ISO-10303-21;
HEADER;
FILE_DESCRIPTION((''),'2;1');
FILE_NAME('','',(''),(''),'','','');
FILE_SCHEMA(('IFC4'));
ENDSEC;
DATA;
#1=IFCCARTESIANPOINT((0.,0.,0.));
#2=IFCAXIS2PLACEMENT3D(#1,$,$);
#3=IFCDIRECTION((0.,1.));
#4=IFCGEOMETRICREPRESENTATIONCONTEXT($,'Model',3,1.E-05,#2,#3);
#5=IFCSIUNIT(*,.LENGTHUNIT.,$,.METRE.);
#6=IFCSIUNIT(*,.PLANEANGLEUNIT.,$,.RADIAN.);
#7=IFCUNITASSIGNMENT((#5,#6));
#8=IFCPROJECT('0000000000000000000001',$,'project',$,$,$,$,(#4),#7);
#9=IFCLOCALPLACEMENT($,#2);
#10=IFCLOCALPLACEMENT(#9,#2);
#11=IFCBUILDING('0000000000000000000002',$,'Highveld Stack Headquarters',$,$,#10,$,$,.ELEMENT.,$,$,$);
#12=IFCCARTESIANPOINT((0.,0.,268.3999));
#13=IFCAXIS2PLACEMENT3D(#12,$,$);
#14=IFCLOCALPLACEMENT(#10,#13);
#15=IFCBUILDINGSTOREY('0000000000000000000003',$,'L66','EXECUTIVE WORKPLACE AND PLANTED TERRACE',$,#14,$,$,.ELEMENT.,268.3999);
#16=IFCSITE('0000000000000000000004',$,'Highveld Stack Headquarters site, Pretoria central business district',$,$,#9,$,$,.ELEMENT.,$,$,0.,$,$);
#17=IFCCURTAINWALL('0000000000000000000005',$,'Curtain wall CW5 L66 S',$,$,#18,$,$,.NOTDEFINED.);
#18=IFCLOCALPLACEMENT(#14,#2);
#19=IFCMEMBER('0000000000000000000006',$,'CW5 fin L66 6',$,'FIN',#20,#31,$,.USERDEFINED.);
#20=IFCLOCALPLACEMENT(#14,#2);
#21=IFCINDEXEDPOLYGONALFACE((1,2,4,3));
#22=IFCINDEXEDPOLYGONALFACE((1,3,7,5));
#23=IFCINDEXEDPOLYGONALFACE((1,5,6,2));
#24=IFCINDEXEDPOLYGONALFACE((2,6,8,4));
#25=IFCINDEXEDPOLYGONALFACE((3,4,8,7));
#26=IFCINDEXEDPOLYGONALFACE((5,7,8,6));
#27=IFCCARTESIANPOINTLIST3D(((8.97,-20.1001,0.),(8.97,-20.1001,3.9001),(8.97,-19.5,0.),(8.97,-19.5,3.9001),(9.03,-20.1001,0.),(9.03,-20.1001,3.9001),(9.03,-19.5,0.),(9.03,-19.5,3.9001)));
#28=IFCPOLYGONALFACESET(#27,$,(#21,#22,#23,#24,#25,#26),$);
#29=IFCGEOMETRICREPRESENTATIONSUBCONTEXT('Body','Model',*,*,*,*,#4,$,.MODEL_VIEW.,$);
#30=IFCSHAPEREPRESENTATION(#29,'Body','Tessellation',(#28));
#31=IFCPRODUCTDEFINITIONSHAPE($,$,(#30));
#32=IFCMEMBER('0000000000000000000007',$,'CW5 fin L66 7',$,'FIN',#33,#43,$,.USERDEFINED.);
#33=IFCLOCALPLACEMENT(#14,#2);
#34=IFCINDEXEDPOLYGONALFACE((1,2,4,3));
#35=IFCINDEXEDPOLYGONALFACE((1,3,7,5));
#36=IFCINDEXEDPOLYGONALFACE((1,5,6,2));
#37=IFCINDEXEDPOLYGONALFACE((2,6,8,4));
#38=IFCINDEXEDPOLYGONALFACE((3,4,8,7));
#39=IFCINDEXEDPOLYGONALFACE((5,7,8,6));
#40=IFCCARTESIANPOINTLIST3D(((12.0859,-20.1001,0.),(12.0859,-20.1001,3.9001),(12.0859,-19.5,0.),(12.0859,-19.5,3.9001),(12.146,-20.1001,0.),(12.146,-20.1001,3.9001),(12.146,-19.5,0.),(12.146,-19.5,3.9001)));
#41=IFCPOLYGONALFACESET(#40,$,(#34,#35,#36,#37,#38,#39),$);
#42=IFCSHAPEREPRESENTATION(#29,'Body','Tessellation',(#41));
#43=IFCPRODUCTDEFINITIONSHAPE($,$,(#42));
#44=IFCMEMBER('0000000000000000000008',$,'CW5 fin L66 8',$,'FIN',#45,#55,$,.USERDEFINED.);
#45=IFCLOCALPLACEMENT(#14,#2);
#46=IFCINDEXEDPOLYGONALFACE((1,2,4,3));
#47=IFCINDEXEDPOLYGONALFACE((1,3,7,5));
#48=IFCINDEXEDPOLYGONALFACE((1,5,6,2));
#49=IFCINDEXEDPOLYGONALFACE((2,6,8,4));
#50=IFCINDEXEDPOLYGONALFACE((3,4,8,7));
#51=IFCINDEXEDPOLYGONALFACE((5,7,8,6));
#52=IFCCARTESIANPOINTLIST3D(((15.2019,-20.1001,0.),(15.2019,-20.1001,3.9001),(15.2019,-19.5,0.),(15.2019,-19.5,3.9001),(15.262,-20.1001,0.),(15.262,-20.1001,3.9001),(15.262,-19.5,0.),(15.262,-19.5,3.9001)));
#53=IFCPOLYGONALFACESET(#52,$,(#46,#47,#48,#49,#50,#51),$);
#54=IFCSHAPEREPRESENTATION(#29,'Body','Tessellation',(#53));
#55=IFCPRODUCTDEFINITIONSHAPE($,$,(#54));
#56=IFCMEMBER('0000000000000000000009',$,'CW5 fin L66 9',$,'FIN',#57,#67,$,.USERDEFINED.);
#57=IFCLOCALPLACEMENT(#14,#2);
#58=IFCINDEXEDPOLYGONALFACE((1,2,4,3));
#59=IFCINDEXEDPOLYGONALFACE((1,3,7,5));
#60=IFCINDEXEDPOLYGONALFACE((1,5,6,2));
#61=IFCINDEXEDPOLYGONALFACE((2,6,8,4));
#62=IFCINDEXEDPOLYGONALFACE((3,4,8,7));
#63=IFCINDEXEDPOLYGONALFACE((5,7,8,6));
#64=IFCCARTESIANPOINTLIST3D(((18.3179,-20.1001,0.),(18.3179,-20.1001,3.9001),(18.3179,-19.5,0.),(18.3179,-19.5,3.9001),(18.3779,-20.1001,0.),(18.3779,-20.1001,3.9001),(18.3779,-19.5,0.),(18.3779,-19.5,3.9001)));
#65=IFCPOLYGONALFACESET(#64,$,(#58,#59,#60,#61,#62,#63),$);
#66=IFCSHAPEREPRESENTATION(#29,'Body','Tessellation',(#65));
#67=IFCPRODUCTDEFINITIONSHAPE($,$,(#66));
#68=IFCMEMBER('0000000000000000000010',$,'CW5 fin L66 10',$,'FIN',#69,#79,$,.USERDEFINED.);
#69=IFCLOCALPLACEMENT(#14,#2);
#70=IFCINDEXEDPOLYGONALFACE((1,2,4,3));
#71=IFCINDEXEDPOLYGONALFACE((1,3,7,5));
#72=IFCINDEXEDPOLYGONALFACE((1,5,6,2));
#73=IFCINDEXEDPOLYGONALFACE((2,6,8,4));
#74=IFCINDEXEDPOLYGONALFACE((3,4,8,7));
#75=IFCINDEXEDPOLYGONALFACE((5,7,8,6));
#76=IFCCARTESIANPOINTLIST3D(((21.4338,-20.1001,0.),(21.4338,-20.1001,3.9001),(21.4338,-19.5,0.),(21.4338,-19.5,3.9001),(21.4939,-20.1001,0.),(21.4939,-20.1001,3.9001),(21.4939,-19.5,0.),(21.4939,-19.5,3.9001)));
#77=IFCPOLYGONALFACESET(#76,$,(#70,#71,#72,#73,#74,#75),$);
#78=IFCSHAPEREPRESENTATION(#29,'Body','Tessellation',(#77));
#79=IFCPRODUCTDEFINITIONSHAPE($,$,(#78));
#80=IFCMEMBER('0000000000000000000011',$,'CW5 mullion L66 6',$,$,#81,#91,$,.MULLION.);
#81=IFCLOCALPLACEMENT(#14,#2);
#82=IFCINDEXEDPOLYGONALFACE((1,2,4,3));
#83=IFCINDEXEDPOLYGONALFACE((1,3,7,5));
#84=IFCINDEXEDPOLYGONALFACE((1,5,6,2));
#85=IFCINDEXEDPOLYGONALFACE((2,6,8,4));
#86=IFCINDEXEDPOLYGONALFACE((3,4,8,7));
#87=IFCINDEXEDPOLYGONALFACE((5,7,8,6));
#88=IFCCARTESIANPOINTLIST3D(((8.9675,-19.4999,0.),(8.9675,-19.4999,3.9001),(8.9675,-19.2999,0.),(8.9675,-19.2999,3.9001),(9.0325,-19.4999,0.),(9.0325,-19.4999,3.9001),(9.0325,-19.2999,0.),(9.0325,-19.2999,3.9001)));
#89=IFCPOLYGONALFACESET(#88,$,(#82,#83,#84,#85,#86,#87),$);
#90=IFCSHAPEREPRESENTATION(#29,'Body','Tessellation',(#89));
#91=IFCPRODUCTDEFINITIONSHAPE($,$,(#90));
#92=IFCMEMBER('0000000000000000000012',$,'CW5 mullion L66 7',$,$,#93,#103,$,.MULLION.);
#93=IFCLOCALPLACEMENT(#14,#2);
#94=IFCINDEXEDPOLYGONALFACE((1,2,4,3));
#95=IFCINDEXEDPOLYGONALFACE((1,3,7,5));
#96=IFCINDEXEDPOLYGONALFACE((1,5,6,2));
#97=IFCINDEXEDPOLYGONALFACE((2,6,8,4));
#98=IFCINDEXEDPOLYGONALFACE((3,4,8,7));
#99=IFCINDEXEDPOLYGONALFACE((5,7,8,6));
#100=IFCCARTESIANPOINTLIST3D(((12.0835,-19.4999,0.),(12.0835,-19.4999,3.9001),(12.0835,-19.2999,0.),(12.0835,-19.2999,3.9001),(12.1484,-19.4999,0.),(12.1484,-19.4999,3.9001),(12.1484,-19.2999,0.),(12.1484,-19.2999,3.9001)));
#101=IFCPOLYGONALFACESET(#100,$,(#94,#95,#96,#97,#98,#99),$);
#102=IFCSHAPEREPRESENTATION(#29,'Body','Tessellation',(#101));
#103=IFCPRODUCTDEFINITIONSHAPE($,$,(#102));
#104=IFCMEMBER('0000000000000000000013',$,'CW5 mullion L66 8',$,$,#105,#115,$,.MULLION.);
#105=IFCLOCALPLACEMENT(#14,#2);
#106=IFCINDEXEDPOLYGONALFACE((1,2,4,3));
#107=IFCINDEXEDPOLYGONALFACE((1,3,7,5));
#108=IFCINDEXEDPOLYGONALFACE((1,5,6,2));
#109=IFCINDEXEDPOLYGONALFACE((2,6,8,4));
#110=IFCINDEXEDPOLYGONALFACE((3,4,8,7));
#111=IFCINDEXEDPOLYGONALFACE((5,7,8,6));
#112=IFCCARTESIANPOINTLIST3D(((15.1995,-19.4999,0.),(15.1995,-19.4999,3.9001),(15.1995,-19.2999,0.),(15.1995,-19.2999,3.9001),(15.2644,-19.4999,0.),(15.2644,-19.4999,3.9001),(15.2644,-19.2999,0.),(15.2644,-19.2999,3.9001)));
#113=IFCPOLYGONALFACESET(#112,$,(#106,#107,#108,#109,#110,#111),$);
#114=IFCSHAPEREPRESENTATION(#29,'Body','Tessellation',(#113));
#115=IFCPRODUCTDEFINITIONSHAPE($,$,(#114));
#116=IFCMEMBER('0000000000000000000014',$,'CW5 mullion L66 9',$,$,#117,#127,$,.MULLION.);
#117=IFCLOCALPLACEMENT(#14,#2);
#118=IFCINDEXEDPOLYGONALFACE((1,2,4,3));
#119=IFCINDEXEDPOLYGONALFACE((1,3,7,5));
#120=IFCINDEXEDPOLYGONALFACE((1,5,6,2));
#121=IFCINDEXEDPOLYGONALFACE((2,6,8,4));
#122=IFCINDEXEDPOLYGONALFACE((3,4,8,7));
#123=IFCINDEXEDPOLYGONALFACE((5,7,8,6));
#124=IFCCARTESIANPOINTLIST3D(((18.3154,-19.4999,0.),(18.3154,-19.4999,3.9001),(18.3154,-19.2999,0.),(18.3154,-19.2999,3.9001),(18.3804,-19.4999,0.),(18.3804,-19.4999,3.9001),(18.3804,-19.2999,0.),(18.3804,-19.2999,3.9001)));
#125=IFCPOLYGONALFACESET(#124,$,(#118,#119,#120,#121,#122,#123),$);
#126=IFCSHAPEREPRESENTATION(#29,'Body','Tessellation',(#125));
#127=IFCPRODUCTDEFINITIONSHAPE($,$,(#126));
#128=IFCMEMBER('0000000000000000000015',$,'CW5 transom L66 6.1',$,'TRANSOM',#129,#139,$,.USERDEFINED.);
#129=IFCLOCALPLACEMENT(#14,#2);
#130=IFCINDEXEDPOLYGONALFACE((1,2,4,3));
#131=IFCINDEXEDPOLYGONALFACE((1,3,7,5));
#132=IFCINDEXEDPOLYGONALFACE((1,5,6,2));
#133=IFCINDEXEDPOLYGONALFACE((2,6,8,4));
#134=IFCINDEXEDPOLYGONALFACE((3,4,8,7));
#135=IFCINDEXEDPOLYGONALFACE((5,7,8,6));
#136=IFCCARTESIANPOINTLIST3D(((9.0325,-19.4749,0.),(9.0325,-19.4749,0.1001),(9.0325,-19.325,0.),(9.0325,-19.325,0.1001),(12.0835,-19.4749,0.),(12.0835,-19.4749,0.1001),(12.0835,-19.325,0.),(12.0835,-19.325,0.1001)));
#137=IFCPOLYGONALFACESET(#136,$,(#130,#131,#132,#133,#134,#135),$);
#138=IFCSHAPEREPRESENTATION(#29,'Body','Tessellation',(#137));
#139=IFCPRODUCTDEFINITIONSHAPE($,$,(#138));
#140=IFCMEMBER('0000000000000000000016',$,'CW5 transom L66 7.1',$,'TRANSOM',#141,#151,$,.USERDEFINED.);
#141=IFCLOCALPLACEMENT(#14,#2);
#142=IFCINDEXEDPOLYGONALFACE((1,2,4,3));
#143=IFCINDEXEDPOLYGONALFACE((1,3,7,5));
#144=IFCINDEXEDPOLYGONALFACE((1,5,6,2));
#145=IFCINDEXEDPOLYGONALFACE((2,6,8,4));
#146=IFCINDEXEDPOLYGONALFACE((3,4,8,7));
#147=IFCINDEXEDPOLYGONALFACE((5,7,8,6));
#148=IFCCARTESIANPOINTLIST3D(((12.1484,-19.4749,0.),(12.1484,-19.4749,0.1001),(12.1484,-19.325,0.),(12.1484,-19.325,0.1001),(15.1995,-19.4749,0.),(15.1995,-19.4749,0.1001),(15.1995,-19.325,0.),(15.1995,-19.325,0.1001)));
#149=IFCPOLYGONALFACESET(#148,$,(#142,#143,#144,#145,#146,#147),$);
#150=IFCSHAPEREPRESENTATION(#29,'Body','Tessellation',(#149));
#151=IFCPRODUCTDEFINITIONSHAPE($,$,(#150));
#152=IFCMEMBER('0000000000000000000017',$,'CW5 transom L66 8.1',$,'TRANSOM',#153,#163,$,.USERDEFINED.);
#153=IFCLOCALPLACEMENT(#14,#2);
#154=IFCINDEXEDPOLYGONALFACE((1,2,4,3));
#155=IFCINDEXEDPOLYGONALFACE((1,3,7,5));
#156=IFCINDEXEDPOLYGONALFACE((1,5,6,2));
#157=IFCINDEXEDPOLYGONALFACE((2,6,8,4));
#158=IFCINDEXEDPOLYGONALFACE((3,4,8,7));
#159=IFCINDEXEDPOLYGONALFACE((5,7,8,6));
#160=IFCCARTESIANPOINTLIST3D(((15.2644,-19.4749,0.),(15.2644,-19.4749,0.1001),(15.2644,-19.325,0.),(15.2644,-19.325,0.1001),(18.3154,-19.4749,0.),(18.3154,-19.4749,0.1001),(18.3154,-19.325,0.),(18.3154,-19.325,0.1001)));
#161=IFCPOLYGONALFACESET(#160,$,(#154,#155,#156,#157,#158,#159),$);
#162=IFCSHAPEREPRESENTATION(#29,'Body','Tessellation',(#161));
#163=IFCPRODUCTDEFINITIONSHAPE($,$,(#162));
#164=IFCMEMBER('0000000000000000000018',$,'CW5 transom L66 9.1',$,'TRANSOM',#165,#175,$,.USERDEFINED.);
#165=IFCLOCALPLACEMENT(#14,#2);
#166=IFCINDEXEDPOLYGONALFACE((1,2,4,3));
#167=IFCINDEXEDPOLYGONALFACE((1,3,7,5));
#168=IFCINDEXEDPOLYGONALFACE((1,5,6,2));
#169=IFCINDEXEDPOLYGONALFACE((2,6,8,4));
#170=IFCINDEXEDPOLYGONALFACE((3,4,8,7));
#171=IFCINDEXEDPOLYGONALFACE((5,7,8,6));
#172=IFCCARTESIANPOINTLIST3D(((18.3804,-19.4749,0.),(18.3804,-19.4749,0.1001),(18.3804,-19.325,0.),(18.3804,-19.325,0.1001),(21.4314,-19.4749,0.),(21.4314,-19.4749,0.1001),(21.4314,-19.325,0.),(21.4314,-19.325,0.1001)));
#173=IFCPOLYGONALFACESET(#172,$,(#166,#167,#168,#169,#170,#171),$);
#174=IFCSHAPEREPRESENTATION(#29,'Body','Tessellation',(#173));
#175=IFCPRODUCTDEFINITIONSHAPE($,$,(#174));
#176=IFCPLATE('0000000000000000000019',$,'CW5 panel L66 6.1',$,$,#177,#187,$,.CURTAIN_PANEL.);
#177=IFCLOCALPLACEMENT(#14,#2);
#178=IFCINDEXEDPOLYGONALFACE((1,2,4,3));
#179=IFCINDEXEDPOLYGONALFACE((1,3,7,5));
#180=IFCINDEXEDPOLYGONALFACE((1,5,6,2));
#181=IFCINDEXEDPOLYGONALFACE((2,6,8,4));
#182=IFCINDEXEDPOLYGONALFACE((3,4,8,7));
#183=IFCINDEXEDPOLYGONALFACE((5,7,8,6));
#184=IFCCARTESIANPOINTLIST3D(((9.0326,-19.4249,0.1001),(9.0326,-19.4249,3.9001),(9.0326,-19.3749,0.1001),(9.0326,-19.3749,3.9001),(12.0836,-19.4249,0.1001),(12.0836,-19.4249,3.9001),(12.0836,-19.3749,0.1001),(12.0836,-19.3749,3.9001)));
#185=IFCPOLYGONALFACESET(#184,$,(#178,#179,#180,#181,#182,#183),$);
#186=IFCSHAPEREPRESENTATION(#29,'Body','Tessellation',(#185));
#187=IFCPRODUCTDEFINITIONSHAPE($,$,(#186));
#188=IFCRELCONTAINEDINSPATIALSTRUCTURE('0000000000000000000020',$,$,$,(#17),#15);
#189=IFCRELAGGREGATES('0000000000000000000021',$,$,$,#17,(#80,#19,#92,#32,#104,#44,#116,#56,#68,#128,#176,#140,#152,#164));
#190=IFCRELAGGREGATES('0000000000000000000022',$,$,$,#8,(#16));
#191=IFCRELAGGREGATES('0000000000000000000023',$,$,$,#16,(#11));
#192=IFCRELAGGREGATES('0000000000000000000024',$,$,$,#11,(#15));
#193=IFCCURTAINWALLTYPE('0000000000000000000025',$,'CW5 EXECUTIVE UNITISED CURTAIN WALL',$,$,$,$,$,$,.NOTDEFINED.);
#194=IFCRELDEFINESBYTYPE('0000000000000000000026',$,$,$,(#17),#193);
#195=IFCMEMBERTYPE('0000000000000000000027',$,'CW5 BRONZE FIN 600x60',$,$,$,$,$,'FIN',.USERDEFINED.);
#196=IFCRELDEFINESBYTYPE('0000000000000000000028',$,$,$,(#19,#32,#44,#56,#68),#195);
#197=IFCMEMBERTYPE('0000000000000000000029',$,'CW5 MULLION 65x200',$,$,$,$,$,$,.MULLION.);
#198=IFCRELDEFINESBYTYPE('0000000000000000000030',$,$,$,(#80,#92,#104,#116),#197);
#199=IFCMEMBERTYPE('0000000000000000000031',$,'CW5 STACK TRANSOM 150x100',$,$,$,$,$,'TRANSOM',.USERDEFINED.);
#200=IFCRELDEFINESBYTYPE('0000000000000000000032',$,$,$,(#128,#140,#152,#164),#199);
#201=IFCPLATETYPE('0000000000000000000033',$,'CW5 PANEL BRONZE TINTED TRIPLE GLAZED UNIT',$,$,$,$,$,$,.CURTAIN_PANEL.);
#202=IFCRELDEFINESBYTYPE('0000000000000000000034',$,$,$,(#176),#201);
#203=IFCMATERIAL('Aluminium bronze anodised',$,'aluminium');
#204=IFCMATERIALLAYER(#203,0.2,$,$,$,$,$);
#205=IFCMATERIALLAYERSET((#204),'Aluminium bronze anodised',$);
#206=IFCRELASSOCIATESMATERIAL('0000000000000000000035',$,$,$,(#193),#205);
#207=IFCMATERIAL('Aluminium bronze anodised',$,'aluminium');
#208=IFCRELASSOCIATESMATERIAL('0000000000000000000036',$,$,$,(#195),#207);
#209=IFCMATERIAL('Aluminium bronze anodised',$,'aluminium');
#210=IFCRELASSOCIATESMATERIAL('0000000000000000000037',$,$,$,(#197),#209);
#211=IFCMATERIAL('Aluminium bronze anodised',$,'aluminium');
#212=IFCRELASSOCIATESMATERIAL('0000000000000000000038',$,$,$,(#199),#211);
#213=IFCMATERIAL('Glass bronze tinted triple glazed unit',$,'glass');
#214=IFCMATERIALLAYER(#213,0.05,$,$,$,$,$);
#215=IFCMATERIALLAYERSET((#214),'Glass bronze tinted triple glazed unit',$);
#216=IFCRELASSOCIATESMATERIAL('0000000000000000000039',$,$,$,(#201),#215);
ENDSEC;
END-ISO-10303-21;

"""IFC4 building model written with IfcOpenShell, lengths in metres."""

from ifc_helpers import new_model, si_unit, direction, frame, origin, origin_2d, place, context, subcontext, project, spatial, rectangle, extrude, material, layer, layer_set, material_profile, profile_set, type_object, element, aggregate, save


model = new_model("IFC4")

# Units and contexts
model_context = context("Model", 3, precision=1e-05, world=origin(), true_north=direction((0.0, 1.0)))
body_context = subcontext(model_context, "Body", "Model", "MODEL_VIEW")
ifc_project = project(units=[si_unit("LENGTHUNIT", "METRE"), si_unit("PLANEANGLEUNIT", "RADIAN")], contexts=[model_context])

# Site, building, storey
site_placement = place(None, origin())
site = spatial("IfcSite", under=ifc_project, at=site_placement, Name="Highveld Stack Headquarters site, Pretoria central business district", CompositionType="ELEMENT", RefElevation=0.0)
building_placement = place(site_placement, origin())
building = spatial("IfcBuilding", under=site, at=building_placement, Name="Highveld Stack Headquarters", CompositionType="ELEMENT")
storey_placement = place(building_placement, frame((0.0, 0.0, 268.3999)))
storey = spatial("IfcBuildingStorey", under=building, at=storey_placement, Name="L66", Description="EXECUTIVE WORKPLACE AND PLANTED TERRACE", CompositionType="ELEMENT", Elevation=268.3999)

# Curtain wall, members, plate
ifc_material_1 = material(Name="Aluminium bronze anodised", Category="aluminium")
ifc_layer_1 = layer(ifc_material_1, 0.2)
ifc_layer_set_1 = layer_set([ifc_layer_1], Name="Aluminium bronze anodised")
curtain_wall_type = type_object("IfcCurtainWallType", Name="CW5 EXECUTIVE UNITISED CURTAIN WALL", PredefinedType="NOTDEFINED", material=ifc_layer_set_1)
curtain_wall_placement = place(storey_placement, origin())
curtain_wall = element("IfcCurtainWall", 1, at=curtain_wall_placement, inside=storey, type_object=curtain_wall_type, Name="Curtain wall CW5 L66 S", PredefinedType="NOTDEFINED")
ifc_material_2 = material(Name="Aluminium bronze anodised", Category="aluminium")
ifc_material_profile_1 = material_profile(ifc_material_2, rectangle(XDim=0.6001, YDim=0.0601, at=origin_2d()), Name="FIN 600x60")
ifc_profile_set_1 = profile_set([ifc_material_profile_1], Name="Aluminium bronze anodised")
member_type_1 = type_object("IfcMemberType", Name="CW5 BRONZE FIN 600x60", ElementType="FIN", PredefinedType="USERDEFINED", material=ifc_profile_set_1)
member_1_placement = place(storey_placement, frame((9.0, -19.8, 0.0), z_axis=(0.0, 0.0, 1.0), x_axis=(0.0, 1.0, 0.0)))
member_1 = element("IfcMember", 2, at=member_1_placement, type_object=member_type_1, Name="CW5 fin L66 6", ObjectType="FIN", PredefinedType="USERDEFINED", context=body_context, shape_type="SweptSolid", body=[
    extrude(rectangle(XDim=0.6001, YDim=0.0601, at=origin_2d()), origin(), (0.0, 0.0, 1.0), 3.9001),
])
member_2_placement = place(storey_placement, frame((12.116, -19.8, 0.0), z_axis=(0.0, 0.0, 1.0), x_axis=(0.0, 1.0, 0.0)))
member_2 = element("IfcMember", 3, at=member_2_placement, type_object=member_type_1, Name="CW5 fin L66 7", ObjectType="FIN", PredefinedType="USERDEFINED", context=body_context, shape_type="SweptSolid", body=[
    extrude(rectangle(XDim=0.6001, YDim=0.0601, at=origin_2d()), origin(), (0.0, 0.0, 1.0), 3.9001),
])
member_3_placement = place(storey_placement, frame((15.2319, -19.8, 0.0), z_axis=(0.0, 0.0, 1.0), x_axis=(0.0, 1.0, 0.0)))
member_3 = element("IfcMember", 4, at=member_3_placement, type_object=member_type_1, Name="CW5 fin L66 8", ObjectType="FIN", PredefinedType="USERDEFINED", context=body_context, shape_type="SweptSolid", body=[
    extrude(rectangle(XDim=0.6001, YDim=0.0601, at=origin_2d()), origin(), (0.0, 0.0, 1.0), 3.9001),
])
member_4_placement = place(storey_placement, frame((18.3479, -19.8, 0.0), z_axis=(0.0, 0.0, 1.0), x_axis=(0.0, 1.0, 0.0)))
member_4 = element("IfcMember", 5, at=member_4_placement, type_object=member_type_1, Name="CW5 fin L66 9", ObjectType="FIN", PredefinedType="USERDEFINED", context=body_context, shape_type="SweptSolid", body=[
    extrude(rectangle(XDim=0.6001, YDim=0.0601, at=origin_2d()), origin(), (0.0, 0.0, 1.0), 3.9001),
])
member_5_placement = place(storey_placement, frame((21.4639, -19.8, 0.0), z_axis=(0.0, 0.0, 1.0), x_axis=(0.0, 1.0, 0.0)))
member_5 = element("IfcMember", 6, at=member_5_placement, type_object=member_type_1, Name="CW5 fin L66 10", ObjectType="FIN", PredefinedType="USERDEFINED", context=body_context, shape_type="SweptSolid", body=[
    extrude(rectangle(XDim=0.6001, YDim=0.0601, at=origin_2d()), origin(), (0.0, 0.0, 1.0), 3.9001),
])
ifc_material_3 = material(Name="Aluminium bronze anodised", Category="aluminium")
ifc_material_profile_2 = material_profile(ifc_material_3, rectangle(XDim=0.2, YDim=0.0649, at=origin_2d()), Name="CW5 MULLION 65x200")
ifc_profile_set_2 = profile_set([ifc_material_profile_2], Name="Aluminium bronze anodised")
member_type_2 = type_object("IfcMemberType", Name="CW5 MULLION 65x200", PredefinedType="MULLION", material=ifc_profile_set_2)
member_6_placement = place(storey_placement, frame((9.0, -19.3999, 0.0), z_axis=(0.0, 0.0, 1.0), x_axis=(0.0, 1.0, 0.0)))
member_6 = element("IfcMember", 7, at=member_6_placement, type_object=member_type_2, Name="CW5 mullion L66 6", PredefinedType="MULLION", context=body_context, shape_type="SweptSolid", body=[
    extrude(rectangle(XDim=0.2, YDim=0.0649, at=origin_2d()), origin(), (0.0, 0.0, 1.0), 3.9001),
])
member_7_placement = place(storey_placement, frame((12.116, -19.3999, 0.0), z_axis=(0.0, 0.0, 1.0), x_axis=(0.0, 1.0, 0.0)))
member_7 = element("IfcMember", 8, at=member_7_placement, type_object=member_type_2, Name="CW5 mullion L66 7", PredefinedType="MULLION", context=body_context, shape_type="SweptSolid", body=[
    extrude(rectangle(XDim=0.2, YDim=0.0649, at=origin_2d()), origin(), (0.0, 0.0, 1.0), 3.9001),
])
member_8_placement = place(storey_placement, frame((15.2319, -19.3999, 0.0), z_axis=(0.0, 0.0, 1.0), x_axis=(0.0, 1.0, 0.0)))
member_8 = element("IfcMember", 9, at=member_8_placement, type_object=member_type_2, Name="CW5 mullion L66 8", PredefinedType="MULLION", context=body_context, shape_type="SweptSolid", body=[
    extrude(rectangle(XDim=0.2, YDim=0.0649, at=origin_2d()), origin(), (0.0, 0.0, 1.0), 3.9001),
])
member_9_placement = place(storey_placement, frame((18.3479, -19.3999, 0.0), z_axis=(0.0, 0.0, 1.0), x_axis=(0.0, 1.0, 0.0)))
member_9 = element("IfcMember", 10, at=member_9_placement, type_object=member_type_2, Name="CW5 mullion L66 9", PredefinedType="MULLION", context=body_context, shape_type="SweptSolid", body=[
    extrude(rectangle(XDim=0.2, YDim=0.0649, at=origin_2d()), origin(), (0.0, 0.0, 1.0), 3.9001),
])
ifc_material_4 = material(Name="Aluminium bronze anodised", Category="aluminium")
ifc_material_profile_3 = material_profile(ifc_material_4, rectangle(XDim=0.1499, YDim=0.1001, at=origin_2d()), Name="CW5 TRANSOM 150x100")
ifc_profile_set_3 = profile_set([ifc_material_profile_3], Name="Aluminium bronze anodised")
member_type_3 = type_object("IfcMemberType", Name="CW5 STACK TRANSOM 150x100", ElementType="TRANSOM", PredefinedType="USERDEFINED", material=ifc_profile_set_3)
member_10_placement = place(storey_placement, frame((9.0325, -19.3999, 0.05), z_axis=(1.0, 0.0, 0.0), x_axis=(0.0, 1.0, 0.0)))
member_10 = element("IfcMember", 11, at=member_10_placement, type_object=member_type_3, Name="CW5 transom L66 6.1", ObjectType="TRANSOM", PredefinedType="USERDEFINED", context=body_context, shape_type="SweptSolid", body=[
    extrude(rectangle(XDim=0.1499, YDim=0.1001, at=origin_2d()), origin(), (0.0, 0.0, 1.0), 3.051),
])
member_11_placement = place(storey_placement, frame((12.1484, -19.3999, 0.05), z_axis=(1.0, 0.0, 0.0), x_axis=(0.0, 1.0, 0.0)))
member_11 = element("IfcMember", 12, at=member_11_placement, type_object=member_type_3, Name="CW5 transom L66 7.1", ObjectType="TRANSOM", PredefinedType="USERDEFINED", context=body_context, shape_type="SweptSolid", body=[
    extrude(rectangle(XDim=0.1499, YDim=0.1001, at=origin_2d()), origin(), (0.0, 0.0, 1.0), 3.051),
])
member_12_placement = place(storey_placement, frame((15.2644, -19.3999, 0.05), z_axis=(1.0, 0.0, 0.0), x_axis=(0.0, 1.0, 0.0)))
member_12 = element("IfcMember", 13, at=member_12_placement, type_object=member_type_3, Name="CW5 transom L66 8.1", ObjectType="TRANSOM", PredefinedType="USERDEFINED", context=body_context, shape_type="SweptSolid", body=[
    extrude(rectangle(XDim=0.1499, YDim=0.1001, at=origin_2d()), origin(), (0.0, 0.0, 1.0), 3.051),
])
member_13_placement = place(storey_placement, frame((18.3804, -19.3999, 0.05), z_axis=(1.0, 0.0, 0.0), x_axis=(0.0, 1.0, 0.0)))
member_13 = element("IfcMember", 14, at=member_13_placement, type_object=member_type_3, Name="CW5 transom L66 9.1", ObjectType="TRANSOM", PredefinedType="USERDEFINED", context=body_context, shape_type="SweptSolid", body=[
    extrude(rectangle(XDim=0.1499, YDim=0.1001, at=origin_2d()), origin(), (0.0, 0.0, 1.0), 3.051),
])
ifc_material_5 = material(Name="Glass bronze tinted triple glazed unit", Category="glass")
ifc_layer_2 = layer(ifc_material_5, 0.05)
ifc_layer_set_2 = layer_set([ifc_layer_2], Name="Glass bronze tinted triple glazed unit")
plate_type = type_object("IfcPlateType", Name="CW5 PANEL BRONZE TINTED TRIPLE GLAZED UNIT", PredefinedType="CURTAIN_PANEL", material=ifc_layer_set_2)
plate_1_placement = place(storey_placement, frame((10.5581, -19.3999, 0.1001), z_axis=(0.0, 0.0, 1.0), x_axis=(1.0, 0.0, 0.0)))
plate_1 = element("IfcPlate", 15, at=plate_1_placement, type_object=plate_type, Name="CW5 panel L66 6.1", PredefinedType="CURTAIN_PANEL", context=body_context, shape_type="SweptSolid", body=[
    extrude(rectangle(XDim=3.051, YDim=0.05, at=origin_2d()), origin(), (0.0, 0.0, 1.0), 3.8),
])
aggregate(curtain_wall, [member_6, member_1, member_7, member_2, member_8, member_3, member_9, member_4, member_5, member_10, plate_1, member_11, member_12, member_13])

save(model, "model.ifc")
